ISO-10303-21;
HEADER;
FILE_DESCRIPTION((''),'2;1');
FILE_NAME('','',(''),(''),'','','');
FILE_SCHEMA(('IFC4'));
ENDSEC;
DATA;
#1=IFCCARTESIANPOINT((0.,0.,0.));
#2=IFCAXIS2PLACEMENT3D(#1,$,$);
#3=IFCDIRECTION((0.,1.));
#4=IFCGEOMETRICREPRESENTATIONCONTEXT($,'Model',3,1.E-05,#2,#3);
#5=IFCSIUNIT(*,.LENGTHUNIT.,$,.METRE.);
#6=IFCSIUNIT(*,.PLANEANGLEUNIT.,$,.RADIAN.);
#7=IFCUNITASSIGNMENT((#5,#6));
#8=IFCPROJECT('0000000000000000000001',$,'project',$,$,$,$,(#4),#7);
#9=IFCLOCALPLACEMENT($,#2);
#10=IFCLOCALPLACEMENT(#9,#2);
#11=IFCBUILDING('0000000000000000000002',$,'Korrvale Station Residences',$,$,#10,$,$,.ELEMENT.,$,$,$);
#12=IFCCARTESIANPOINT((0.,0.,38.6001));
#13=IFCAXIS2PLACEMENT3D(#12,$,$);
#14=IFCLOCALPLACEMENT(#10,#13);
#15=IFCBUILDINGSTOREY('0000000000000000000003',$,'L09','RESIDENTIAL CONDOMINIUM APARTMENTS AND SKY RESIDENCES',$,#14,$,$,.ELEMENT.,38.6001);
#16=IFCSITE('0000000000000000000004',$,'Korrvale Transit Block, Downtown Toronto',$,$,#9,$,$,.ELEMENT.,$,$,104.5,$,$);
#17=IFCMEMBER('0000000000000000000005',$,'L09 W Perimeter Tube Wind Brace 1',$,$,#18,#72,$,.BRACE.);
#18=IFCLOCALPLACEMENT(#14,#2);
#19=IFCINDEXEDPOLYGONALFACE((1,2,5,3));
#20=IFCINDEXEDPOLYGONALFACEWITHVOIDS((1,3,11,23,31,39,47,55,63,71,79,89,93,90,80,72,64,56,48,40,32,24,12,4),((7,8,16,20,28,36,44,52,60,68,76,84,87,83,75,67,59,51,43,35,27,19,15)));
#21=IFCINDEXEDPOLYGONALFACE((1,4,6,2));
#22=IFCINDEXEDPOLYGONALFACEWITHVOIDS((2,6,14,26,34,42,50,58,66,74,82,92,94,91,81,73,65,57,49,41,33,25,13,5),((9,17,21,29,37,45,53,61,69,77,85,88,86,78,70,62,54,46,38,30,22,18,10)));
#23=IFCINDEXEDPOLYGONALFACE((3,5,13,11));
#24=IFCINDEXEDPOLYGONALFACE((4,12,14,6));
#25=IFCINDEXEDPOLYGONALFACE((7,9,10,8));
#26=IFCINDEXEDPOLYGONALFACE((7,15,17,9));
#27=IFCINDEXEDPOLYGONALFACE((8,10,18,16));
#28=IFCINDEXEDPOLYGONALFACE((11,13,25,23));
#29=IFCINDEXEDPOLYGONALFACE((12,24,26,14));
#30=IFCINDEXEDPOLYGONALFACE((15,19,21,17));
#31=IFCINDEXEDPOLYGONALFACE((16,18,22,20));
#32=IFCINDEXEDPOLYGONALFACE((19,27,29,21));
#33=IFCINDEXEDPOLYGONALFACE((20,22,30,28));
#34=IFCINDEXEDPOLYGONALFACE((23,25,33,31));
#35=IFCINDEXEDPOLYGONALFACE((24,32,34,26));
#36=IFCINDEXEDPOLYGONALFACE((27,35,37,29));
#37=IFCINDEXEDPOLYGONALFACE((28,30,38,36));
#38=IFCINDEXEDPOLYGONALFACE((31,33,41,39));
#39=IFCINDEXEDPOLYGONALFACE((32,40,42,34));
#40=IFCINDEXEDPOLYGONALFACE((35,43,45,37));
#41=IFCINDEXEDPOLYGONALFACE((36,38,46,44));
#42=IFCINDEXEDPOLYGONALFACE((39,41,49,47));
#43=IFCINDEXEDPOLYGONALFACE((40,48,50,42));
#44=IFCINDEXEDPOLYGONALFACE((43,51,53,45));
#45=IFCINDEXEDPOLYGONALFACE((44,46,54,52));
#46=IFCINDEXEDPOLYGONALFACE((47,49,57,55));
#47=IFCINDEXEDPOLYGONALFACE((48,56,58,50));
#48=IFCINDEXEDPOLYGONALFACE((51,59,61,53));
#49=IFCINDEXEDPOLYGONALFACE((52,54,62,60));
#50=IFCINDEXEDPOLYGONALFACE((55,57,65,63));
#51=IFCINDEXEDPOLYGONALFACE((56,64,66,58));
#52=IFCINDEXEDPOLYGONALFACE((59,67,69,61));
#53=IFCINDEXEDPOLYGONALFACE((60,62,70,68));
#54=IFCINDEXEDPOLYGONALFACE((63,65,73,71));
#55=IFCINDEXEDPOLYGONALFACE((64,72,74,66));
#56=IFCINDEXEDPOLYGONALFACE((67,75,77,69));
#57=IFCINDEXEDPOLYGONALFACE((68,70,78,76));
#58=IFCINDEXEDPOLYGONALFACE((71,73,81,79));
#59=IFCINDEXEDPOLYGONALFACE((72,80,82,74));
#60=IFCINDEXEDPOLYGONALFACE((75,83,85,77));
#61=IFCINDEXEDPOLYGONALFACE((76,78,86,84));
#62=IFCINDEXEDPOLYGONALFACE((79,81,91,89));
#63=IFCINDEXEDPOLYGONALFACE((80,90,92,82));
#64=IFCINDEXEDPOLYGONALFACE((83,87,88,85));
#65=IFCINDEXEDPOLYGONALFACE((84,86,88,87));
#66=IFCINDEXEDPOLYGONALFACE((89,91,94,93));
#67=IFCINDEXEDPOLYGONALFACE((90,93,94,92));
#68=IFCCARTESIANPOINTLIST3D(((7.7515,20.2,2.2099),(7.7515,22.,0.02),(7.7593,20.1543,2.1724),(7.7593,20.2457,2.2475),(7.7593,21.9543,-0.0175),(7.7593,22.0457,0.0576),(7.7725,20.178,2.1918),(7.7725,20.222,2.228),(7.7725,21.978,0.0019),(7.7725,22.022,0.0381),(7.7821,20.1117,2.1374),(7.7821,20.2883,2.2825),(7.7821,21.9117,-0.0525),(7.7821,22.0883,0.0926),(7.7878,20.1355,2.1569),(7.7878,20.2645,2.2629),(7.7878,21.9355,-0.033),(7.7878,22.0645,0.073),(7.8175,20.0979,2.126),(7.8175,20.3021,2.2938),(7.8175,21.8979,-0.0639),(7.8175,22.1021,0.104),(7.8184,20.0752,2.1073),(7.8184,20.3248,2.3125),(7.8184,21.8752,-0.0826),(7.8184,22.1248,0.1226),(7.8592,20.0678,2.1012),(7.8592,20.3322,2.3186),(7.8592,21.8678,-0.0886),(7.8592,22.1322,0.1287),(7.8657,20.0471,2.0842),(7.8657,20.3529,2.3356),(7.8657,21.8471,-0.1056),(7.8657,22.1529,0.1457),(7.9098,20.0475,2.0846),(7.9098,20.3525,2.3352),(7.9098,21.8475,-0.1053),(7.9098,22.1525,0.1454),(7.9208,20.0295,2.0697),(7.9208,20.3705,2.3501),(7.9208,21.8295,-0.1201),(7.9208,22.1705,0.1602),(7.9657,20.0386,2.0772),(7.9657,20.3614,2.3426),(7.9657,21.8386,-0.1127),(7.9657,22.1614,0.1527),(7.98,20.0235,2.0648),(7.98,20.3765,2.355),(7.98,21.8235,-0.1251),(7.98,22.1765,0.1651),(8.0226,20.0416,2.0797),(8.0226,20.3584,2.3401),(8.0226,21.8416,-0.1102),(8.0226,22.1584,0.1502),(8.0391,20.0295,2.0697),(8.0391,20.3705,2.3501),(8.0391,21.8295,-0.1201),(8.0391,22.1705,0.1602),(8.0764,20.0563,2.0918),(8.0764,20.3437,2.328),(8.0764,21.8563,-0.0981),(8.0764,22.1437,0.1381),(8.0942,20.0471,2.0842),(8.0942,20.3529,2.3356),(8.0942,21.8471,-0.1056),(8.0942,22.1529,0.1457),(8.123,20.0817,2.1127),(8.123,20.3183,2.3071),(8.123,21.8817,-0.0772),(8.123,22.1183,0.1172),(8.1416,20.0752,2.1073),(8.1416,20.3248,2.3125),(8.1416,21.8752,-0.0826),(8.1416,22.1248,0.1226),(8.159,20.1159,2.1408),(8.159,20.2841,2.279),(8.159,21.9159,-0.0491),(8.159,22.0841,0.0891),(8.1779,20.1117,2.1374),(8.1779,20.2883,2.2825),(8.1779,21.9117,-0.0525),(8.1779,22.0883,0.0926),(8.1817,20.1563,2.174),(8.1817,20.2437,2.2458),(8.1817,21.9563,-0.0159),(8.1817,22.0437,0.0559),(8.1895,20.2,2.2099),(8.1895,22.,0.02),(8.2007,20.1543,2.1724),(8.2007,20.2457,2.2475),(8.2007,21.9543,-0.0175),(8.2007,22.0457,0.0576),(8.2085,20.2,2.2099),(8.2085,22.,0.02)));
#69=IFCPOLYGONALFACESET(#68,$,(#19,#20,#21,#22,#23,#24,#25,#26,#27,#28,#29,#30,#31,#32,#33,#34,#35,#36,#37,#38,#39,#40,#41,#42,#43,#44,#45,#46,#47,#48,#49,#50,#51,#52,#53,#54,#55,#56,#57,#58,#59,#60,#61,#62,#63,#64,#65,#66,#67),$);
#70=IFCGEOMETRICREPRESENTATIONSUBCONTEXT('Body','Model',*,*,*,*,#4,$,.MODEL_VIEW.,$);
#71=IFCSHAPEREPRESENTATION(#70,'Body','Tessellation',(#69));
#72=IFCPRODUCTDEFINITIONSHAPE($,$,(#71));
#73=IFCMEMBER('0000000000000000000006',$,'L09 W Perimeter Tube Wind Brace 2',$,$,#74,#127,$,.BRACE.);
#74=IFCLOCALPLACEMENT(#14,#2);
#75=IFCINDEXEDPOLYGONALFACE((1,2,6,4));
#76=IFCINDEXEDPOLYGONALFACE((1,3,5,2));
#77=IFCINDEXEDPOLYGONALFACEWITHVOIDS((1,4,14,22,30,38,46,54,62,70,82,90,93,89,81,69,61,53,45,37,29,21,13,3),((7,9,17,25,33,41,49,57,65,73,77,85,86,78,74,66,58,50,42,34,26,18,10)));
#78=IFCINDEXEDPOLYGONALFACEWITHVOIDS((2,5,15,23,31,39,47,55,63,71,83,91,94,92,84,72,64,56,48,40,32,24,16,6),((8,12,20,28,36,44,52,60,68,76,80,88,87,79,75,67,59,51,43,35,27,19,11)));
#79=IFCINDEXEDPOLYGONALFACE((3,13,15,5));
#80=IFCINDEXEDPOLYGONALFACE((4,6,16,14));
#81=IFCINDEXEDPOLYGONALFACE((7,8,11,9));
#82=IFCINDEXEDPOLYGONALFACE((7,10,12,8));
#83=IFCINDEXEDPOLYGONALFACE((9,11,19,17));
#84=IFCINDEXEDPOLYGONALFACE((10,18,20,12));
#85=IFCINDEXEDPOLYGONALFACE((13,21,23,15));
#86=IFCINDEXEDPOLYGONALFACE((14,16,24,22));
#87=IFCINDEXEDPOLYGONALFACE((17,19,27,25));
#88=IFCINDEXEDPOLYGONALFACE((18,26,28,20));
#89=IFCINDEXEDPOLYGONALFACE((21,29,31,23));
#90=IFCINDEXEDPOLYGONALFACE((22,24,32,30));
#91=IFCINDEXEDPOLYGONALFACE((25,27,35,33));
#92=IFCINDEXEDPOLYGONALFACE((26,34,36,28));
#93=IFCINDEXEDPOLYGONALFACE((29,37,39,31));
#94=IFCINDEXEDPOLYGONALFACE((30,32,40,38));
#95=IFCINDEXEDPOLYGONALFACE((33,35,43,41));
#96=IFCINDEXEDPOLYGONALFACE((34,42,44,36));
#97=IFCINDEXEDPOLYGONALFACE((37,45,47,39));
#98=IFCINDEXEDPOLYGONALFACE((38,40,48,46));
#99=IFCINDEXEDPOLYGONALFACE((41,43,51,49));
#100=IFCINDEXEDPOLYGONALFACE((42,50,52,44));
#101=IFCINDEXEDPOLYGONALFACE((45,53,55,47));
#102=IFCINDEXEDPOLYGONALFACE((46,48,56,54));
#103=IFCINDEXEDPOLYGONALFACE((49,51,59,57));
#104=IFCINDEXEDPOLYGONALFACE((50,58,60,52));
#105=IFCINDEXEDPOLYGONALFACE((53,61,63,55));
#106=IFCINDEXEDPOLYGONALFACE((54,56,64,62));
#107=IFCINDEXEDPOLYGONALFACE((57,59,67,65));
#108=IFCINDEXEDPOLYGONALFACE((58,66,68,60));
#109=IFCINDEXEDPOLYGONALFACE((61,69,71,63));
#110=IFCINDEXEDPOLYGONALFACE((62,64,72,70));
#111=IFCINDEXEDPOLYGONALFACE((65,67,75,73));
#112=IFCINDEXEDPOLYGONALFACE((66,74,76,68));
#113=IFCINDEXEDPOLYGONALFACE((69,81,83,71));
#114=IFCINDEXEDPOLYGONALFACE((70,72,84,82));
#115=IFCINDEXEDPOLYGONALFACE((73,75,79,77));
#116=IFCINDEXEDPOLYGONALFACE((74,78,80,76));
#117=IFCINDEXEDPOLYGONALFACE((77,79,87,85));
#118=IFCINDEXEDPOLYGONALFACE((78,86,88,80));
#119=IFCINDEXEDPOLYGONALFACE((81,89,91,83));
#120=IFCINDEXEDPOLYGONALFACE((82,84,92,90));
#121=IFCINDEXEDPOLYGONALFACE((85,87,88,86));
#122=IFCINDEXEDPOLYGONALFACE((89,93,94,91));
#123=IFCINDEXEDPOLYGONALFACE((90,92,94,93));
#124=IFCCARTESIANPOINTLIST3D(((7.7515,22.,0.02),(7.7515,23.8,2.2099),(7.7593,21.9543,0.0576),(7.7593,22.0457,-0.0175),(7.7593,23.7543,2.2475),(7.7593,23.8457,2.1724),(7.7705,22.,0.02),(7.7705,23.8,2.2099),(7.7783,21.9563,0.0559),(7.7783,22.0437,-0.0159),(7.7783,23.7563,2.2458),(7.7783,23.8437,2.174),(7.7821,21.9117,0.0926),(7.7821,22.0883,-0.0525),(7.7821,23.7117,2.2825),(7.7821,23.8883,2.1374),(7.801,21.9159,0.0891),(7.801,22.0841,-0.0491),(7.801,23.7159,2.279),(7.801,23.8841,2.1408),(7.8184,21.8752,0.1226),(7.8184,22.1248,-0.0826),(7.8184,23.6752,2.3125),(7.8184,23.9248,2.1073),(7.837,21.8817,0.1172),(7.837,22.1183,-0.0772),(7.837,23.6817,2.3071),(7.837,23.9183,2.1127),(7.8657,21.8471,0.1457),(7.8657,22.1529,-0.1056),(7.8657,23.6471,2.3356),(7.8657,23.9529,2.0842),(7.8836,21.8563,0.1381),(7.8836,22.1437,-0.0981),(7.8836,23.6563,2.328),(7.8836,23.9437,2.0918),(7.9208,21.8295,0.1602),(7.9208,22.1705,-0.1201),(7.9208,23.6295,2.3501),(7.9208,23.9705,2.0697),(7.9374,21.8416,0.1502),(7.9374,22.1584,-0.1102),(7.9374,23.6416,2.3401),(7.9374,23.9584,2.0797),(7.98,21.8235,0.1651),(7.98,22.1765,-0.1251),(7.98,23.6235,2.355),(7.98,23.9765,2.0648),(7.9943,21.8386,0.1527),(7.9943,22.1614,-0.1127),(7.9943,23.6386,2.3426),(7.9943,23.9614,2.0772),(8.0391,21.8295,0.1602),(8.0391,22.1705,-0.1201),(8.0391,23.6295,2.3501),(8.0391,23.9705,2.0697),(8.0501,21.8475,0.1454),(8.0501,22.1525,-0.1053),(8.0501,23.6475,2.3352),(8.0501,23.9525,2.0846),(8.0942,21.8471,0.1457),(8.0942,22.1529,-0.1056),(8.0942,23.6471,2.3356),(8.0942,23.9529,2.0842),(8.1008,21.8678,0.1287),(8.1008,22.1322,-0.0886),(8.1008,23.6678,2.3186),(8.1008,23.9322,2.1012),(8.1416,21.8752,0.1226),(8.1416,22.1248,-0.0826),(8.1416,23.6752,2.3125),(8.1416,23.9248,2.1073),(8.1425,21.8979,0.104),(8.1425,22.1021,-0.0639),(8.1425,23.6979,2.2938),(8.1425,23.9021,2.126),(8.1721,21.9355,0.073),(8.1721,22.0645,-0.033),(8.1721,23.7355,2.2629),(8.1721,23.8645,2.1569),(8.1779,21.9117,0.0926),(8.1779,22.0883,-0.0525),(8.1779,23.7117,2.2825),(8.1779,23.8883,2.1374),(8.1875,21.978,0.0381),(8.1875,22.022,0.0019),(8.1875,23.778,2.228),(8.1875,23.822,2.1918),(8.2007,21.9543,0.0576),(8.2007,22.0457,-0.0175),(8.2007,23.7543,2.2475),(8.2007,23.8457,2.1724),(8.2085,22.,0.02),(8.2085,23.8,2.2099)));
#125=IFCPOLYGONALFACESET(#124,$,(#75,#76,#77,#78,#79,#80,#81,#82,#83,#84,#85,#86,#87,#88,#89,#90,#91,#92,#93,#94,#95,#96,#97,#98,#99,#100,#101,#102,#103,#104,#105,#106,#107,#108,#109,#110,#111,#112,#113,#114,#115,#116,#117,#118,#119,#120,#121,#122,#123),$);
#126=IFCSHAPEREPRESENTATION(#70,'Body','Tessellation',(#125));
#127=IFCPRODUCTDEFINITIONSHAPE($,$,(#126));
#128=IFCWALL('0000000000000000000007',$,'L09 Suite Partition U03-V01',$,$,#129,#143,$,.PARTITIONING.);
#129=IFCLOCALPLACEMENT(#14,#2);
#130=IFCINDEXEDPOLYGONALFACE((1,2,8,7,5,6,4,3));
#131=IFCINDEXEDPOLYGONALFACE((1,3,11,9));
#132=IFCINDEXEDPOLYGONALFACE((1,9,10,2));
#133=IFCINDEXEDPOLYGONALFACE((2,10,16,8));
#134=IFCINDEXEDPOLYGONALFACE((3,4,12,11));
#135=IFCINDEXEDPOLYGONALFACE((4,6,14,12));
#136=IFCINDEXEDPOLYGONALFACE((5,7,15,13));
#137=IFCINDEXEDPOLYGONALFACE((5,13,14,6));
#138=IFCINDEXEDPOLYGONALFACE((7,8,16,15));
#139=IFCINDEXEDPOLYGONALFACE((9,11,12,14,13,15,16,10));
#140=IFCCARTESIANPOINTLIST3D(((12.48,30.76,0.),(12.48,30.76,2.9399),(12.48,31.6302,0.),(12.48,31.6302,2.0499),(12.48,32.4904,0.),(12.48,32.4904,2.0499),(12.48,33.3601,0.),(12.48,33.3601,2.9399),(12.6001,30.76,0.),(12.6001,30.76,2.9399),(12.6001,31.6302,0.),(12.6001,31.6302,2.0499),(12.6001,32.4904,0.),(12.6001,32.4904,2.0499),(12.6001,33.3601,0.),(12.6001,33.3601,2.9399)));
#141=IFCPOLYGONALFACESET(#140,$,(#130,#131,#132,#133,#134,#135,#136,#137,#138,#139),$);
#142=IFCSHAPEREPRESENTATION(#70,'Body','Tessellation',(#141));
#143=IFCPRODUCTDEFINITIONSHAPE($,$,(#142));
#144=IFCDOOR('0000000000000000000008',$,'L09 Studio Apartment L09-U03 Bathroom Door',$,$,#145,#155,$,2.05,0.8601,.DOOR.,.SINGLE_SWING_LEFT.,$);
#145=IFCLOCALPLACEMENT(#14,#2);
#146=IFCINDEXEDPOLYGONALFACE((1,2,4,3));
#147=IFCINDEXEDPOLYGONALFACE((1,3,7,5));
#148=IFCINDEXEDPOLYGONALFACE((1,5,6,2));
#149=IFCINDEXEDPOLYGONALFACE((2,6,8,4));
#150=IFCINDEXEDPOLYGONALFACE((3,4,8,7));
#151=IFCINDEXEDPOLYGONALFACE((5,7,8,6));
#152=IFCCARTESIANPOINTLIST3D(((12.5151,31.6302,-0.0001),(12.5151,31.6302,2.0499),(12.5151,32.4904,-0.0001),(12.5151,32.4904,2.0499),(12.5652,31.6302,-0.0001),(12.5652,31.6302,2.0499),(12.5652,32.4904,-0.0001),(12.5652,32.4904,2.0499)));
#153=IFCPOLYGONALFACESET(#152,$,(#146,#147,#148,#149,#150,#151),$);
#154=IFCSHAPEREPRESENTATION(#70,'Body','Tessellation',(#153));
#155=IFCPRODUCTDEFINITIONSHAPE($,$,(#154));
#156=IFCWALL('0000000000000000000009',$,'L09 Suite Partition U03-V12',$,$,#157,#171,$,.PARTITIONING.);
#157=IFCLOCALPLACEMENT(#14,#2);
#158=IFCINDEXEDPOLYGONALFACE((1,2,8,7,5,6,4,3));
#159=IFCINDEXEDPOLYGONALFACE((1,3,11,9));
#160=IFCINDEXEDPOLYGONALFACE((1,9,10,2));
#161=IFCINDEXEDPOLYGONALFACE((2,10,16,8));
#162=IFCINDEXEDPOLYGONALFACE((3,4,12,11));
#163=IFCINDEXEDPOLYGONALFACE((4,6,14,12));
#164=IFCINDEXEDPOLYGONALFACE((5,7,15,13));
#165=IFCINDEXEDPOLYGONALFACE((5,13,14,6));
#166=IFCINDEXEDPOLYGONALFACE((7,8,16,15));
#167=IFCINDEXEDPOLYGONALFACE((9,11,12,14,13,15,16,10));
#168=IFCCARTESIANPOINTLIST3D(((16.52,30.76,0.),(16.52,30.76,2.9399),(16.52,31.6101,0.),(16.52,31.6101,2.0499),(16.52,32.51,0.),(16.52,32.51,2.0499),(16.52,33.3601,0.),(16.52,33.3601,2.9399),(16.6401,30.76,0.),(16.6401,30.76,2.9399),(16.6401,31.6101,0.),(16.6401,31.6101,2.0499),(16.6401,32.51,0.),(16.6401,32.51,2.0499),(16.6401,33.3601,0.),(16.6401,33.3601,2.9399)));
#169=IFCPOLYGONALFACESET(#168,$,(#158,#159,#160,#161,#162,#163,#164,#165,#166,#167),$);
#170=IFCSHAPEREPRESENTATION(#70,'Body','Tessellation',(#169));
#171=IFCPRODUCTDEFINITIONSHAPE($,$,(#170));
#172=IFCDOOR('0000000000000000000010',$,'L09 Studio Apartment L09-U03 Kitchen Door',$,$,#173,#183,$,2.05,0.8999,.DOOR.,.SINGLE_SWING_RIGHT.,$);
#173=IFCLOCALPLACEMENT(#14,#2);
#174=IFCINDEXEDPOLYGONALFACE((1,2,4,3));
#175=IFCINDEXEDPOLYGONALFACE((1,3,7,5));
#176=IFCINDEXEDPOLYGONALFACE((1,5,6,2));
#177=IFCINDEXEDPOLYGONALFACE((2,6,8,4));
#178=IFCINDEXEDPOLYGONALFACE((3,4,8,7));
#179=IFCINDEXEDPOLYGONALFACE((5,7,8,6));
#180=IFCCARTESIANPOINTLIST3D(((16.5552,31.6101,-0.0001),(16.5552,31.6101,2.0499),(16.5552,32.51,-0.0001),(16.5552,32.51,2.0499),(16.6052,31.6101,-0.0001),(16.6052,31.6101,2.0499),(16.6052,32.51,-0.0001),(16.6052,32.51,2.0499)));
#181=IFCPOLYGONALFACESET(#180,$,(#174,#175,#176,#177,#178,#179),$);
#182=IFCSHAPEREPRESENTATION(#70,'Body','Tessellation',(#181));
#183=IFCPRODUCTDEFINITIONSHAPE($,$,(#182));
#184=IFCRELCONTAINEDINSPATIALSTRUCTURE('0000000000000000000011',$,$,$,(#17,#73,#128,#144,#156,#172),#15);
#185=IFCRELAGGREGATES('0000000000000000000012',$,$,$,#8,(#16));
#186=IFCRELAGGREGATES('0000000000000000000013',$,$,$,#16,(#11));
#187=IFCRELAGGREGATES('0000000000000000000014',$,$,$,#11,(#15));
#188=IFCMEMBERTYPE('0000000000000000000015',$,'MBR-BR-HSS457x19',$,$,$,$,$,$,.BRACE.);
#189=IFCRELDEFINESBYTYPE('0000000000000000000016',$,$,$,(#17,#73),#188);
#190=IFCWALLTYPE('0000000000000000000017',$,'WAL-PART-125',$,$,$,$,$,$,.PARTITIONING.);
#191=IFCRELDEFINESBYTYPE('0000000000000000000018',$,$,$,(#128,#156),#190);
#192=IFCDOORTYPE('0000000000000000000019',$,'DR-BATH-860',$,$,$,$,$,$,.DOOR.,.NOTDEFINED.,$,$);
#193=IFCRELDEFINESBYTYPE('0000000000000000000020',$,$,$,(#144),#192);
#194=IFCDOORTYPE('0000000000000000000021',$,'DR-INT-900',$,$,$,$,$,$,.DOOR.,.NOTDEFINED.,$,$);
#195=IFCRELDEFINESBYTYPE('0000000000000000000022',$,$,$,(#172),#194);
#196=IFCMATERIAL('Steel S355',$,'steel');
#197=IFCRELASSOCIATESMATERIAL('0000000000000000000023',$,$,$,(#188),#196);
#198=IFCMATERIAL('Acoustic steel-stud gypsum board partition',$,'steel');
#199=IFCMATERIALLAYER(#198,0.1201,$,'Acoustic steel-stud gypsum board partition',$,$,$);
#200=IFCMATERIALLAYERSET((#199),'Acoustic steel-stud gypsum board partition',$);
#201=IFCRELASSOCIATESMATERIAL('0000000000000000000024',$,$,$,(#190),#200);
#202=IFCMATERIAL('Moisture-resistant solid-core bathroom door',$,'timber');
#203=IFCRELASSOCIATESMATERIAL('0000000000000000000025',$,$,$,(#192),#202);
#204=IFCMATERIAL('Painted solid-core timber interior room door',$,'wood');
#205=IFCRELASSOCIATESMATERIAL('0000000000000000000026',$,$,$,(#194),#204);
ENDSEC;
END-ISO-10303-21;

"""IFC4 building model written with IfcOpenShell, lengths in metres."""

from ifc_helpers import new_model, si_unit, direction, frame, frame_2d, origin, origin_2d, place, context, subcontext, project, spatial, rectangle, hollow_circle, extrude, material, layer, layer_set, material_profile, profile_set, type_object, element, fill, save


model = new_model("IFC4")

# Units and contexts
model_context = context("Model", 3, precision=1e-05, world=origin(), true_north=direction((0.0, 1.0)))
body_context = subcontext(model_context, "Body", "Model", "MODEL_VIEW")
ifc_project = project(units=[si_unit("LENGTHUNIT", "METRE"), si_unit("PLANEANGLEUNIT", "RADIAN")], contexts=[model_context])

# Site, building, storey
site_placement = place(None, origin())
site = spatial("IfcSite", under=ifc_project, at=site_placement, Name="Korrvale Transit Block, Downtown Toronto", CompositionType="ELEMENT", RefElevation=104.5)
building_placement = place(site_placement, origin())
building = spatial("IfcBuilding", under=site, at=building_placement, Name="Korrvale Station Residences", CompositionType="ELEMENT")
storey_placement = place(building_placement, frame((0.0, 0.0, 38.6001)))
storey = spatial("IfcBuildingStorey", under=building, at=storey_placement, Name="L09", Description="RESIDENTIAL CONDOMINIUM APARTMENTS AND SKY RESIDENCES", CompositionType="ELEMENT", Elevation=38.6001)

# Shared definitions
ifc_material_1 = material(Name="Steel S355", Category="steel")

# Members
ifc_material_profile_1 = material_profile(ifc_material_1, hollow_circle(Radius=0.2285, WallThickness=0.019, at=origin_2d()), Name="HSS457x19")
ifc_profile_set_1 = profile_set([ifc_material_profile_1], Name="Steel S355")
member_type = type_object("IfcMemberType", Name="MBR-BR-HSS457x19", PredefinedType="BRACE", material=ifc_profile_set_1)
for number, where, z_axis, x_axis, name in (
    (1, (7.98, 22.0, 0.02), (0.0, -0.634985, 0.772524), (1.0, 0.0, 0.0), "L09 W Perimeter Tube Wind Brace 1"),
    (2, (7.98, 22.0, 0.02), (0.0, 0.634985, 0.772524), (-1.0, 0.0, 0.0), "L09 W Perimeter Tube Wind Brace 2"),
):
    element("IfcMember", number, at=place(storey_placement, frame(where, z_axis=z_axis, x_axis=x_axis)), inside=storey, type_object=member_type, Name=name, PredefinedType="BRACE", context=body_context, shape_type="SweptSolid", body=[
        extrude(hollow_circle(Radius=0.2285, WallThickness=0.019, at=origin_2d()), origin(), (0.0, 0.0, 1.0), 2.8347),
    ])

# Walls, openings, doors
ifc_material_2 = material(Name="Acoustic steel-stud gypsum board partition", Category="steel")
ifc_layer_1 = layer(ifc_material_2, 0.1201, Name="Acoustic steel-stud gypsum board partition")
ifc_layer_set_1 = layer_set([ifc_layer_1], Name="Acoustic steel-stud gypsum board partition")
wall_type_1 = type_object("IfcWallType", Name="WAL-PART-125", PredefinedType="PARTITIONING", material=ifc_layer_set_1)
wall_1_placement = place(storey_placement, frame((12.54, 30.76, 0.0), z_axis=(0.0, 0.0, 1.0), x_axis=(0.0, 1.0, 0.0)))
wall_1 = element("IfcWall", 3, at=wall_1_placement, inside=storey, type_object=wall_type_1, Name="L09 Suite Partition U03-V01", PredefinedType="PARTITIONING", context=body_context, shape_type="SweptSolid", body=[
    extrude(rectangle(XDim=2.6001, YDim=0.1201, at=frame_2d((1.3, 0.0))), origin(), (0.0, 0.0, 1.0), 2.9399),
])
opening_1_placement = place(wall_1_placement, frame((0.8701, 0.0, 0.0)))
opening_1 = element("IfcOpeningElement", 4, at=opening_1_placement, cuts=wall_1, PredefinedType="OPENING", context=body_context, shape_type="SweptSolid", body=[
    extrude(rectangle(XDim=0.8601, YDim=2.05, at=frame_2d((0.4302, 1.0249))), frame((0.0, 0.0701, 0.0), z_axis=(0.0, -1.0, 0.0), x_axis=(1.0, 0.0, 0.0)), (0.0, 0.0, 1.0), 0.1401),
])
ifc_material_3 = material(Name="Moisture-resistant solid-core bathroom door", Category="timber")
door_type_1 = type_object("IfcDoorType", Name="DR-BATH-860", OperationType="NOTDEFINED", PredefinedType="DOOR", material=ifc_material_3)
door_1_placement = place(opening_1_placement, origin())
door_1 = element("IfcDoor", 5, at=door_1_placement, inside=storey, type_object=door_type_1, Name="L09 Studio Apartment L09-U03 Bathroom Door", OperationType="SINGLE_SWING_LEFT", OverallHeight=2.05, OverallWidth=0.8601, PredefinedType="DOOR", context=body_context, shape_type="SweptSolid", body=[
    extrude(rectangle(XDim=0.8601, YDim=2.05, at=frame_2d((0.4302, 1.0249))), frame((0.0, 0.0249, 0.0), z_axis=(0.0, -1.0, 0.0), x_axis=(1.0, 0.0, 0.0)), (0.0, 0.0, 1.0), 0.05),
])
fill(opening_1, door_1)
wall_2_placement = place(storey_placement, frame((16.5801, 30.76, 0.0), z_axis=(0.0, 0.0, 1.0), x_axis=(0.0, 1.0, 0.0)))
wall_2 = element("IfcWall", 6, at=wall_2_placement, inside=storey, type_object=wall_type_1, Name="L09 Suite Partition U03-V12", PredefinedType="PARTITIONING", context=body_context, shape_type="SweptSolid", body=[
    extrude(rectangle(XDim=2.6001, YDim=0.1201, at=frame_2d((1.3, 0.0))), origin(), (0.0, 0.0, 1.0), 2.9399),
])
opening_2_placement = place(wall_2_placement, frame((0.8501, 0.0, 0.0)))
opening_2 = element("IfcOpeningElement", 7, at=opening_2_placement, cuts=wall_2, PredefinedType="OPENING", context=body_context, shape_type="SweptSolid", body=[
    extrude(rectangle(XDim=0.8999, YDim=2.05, at=frame_2d((0.45, 1.0249))), frame((0.0, 0.0701, 0.0), z_axis=(0.0, -1.0, 0.0), x_axis=(1.0, 0.0, 0.0)), (0.0, 0.0, 1.0), 0.1401),
])
ifc_material_4 = material(Name="Painted solid-core timber interior room door", Category="wood")
door_type_2 = type_object("IfcDoorType", Name="DR-INT-900", OperationType="NOTDEFINED", PredefinedType="DOOR", material=ifc_material_4)
door_2_placement = place(opening_2_placement, origin())
door_2 = element("IfcDoor", 8, at=door_2_placement, inside=storey, type_object=door_type_2, Name="L09 Studio Apartment L09-U03 Kitchen Door", OperationType="SINGLE_SWING_RIGHT", OverallHeight=2.05, OverallWidth=0.8999, PredefinedType="DOOR", context=body_context, shape_type="SweptSolid", body=[
    extrude(rectangle(XDim=0.8999, YDim=2.05, at=frame_2d((0.45, 1.0249))), frame((0.0, 0.0249, 0.0), z_axis=(0.0, -1.0, 0.0), x_axis=(1.0, 0.0, 0.0)), (0.0, 0.0, 1.0), 0.05),
])
fill(opening_2, door_2)

save(model, "model.ifc")
